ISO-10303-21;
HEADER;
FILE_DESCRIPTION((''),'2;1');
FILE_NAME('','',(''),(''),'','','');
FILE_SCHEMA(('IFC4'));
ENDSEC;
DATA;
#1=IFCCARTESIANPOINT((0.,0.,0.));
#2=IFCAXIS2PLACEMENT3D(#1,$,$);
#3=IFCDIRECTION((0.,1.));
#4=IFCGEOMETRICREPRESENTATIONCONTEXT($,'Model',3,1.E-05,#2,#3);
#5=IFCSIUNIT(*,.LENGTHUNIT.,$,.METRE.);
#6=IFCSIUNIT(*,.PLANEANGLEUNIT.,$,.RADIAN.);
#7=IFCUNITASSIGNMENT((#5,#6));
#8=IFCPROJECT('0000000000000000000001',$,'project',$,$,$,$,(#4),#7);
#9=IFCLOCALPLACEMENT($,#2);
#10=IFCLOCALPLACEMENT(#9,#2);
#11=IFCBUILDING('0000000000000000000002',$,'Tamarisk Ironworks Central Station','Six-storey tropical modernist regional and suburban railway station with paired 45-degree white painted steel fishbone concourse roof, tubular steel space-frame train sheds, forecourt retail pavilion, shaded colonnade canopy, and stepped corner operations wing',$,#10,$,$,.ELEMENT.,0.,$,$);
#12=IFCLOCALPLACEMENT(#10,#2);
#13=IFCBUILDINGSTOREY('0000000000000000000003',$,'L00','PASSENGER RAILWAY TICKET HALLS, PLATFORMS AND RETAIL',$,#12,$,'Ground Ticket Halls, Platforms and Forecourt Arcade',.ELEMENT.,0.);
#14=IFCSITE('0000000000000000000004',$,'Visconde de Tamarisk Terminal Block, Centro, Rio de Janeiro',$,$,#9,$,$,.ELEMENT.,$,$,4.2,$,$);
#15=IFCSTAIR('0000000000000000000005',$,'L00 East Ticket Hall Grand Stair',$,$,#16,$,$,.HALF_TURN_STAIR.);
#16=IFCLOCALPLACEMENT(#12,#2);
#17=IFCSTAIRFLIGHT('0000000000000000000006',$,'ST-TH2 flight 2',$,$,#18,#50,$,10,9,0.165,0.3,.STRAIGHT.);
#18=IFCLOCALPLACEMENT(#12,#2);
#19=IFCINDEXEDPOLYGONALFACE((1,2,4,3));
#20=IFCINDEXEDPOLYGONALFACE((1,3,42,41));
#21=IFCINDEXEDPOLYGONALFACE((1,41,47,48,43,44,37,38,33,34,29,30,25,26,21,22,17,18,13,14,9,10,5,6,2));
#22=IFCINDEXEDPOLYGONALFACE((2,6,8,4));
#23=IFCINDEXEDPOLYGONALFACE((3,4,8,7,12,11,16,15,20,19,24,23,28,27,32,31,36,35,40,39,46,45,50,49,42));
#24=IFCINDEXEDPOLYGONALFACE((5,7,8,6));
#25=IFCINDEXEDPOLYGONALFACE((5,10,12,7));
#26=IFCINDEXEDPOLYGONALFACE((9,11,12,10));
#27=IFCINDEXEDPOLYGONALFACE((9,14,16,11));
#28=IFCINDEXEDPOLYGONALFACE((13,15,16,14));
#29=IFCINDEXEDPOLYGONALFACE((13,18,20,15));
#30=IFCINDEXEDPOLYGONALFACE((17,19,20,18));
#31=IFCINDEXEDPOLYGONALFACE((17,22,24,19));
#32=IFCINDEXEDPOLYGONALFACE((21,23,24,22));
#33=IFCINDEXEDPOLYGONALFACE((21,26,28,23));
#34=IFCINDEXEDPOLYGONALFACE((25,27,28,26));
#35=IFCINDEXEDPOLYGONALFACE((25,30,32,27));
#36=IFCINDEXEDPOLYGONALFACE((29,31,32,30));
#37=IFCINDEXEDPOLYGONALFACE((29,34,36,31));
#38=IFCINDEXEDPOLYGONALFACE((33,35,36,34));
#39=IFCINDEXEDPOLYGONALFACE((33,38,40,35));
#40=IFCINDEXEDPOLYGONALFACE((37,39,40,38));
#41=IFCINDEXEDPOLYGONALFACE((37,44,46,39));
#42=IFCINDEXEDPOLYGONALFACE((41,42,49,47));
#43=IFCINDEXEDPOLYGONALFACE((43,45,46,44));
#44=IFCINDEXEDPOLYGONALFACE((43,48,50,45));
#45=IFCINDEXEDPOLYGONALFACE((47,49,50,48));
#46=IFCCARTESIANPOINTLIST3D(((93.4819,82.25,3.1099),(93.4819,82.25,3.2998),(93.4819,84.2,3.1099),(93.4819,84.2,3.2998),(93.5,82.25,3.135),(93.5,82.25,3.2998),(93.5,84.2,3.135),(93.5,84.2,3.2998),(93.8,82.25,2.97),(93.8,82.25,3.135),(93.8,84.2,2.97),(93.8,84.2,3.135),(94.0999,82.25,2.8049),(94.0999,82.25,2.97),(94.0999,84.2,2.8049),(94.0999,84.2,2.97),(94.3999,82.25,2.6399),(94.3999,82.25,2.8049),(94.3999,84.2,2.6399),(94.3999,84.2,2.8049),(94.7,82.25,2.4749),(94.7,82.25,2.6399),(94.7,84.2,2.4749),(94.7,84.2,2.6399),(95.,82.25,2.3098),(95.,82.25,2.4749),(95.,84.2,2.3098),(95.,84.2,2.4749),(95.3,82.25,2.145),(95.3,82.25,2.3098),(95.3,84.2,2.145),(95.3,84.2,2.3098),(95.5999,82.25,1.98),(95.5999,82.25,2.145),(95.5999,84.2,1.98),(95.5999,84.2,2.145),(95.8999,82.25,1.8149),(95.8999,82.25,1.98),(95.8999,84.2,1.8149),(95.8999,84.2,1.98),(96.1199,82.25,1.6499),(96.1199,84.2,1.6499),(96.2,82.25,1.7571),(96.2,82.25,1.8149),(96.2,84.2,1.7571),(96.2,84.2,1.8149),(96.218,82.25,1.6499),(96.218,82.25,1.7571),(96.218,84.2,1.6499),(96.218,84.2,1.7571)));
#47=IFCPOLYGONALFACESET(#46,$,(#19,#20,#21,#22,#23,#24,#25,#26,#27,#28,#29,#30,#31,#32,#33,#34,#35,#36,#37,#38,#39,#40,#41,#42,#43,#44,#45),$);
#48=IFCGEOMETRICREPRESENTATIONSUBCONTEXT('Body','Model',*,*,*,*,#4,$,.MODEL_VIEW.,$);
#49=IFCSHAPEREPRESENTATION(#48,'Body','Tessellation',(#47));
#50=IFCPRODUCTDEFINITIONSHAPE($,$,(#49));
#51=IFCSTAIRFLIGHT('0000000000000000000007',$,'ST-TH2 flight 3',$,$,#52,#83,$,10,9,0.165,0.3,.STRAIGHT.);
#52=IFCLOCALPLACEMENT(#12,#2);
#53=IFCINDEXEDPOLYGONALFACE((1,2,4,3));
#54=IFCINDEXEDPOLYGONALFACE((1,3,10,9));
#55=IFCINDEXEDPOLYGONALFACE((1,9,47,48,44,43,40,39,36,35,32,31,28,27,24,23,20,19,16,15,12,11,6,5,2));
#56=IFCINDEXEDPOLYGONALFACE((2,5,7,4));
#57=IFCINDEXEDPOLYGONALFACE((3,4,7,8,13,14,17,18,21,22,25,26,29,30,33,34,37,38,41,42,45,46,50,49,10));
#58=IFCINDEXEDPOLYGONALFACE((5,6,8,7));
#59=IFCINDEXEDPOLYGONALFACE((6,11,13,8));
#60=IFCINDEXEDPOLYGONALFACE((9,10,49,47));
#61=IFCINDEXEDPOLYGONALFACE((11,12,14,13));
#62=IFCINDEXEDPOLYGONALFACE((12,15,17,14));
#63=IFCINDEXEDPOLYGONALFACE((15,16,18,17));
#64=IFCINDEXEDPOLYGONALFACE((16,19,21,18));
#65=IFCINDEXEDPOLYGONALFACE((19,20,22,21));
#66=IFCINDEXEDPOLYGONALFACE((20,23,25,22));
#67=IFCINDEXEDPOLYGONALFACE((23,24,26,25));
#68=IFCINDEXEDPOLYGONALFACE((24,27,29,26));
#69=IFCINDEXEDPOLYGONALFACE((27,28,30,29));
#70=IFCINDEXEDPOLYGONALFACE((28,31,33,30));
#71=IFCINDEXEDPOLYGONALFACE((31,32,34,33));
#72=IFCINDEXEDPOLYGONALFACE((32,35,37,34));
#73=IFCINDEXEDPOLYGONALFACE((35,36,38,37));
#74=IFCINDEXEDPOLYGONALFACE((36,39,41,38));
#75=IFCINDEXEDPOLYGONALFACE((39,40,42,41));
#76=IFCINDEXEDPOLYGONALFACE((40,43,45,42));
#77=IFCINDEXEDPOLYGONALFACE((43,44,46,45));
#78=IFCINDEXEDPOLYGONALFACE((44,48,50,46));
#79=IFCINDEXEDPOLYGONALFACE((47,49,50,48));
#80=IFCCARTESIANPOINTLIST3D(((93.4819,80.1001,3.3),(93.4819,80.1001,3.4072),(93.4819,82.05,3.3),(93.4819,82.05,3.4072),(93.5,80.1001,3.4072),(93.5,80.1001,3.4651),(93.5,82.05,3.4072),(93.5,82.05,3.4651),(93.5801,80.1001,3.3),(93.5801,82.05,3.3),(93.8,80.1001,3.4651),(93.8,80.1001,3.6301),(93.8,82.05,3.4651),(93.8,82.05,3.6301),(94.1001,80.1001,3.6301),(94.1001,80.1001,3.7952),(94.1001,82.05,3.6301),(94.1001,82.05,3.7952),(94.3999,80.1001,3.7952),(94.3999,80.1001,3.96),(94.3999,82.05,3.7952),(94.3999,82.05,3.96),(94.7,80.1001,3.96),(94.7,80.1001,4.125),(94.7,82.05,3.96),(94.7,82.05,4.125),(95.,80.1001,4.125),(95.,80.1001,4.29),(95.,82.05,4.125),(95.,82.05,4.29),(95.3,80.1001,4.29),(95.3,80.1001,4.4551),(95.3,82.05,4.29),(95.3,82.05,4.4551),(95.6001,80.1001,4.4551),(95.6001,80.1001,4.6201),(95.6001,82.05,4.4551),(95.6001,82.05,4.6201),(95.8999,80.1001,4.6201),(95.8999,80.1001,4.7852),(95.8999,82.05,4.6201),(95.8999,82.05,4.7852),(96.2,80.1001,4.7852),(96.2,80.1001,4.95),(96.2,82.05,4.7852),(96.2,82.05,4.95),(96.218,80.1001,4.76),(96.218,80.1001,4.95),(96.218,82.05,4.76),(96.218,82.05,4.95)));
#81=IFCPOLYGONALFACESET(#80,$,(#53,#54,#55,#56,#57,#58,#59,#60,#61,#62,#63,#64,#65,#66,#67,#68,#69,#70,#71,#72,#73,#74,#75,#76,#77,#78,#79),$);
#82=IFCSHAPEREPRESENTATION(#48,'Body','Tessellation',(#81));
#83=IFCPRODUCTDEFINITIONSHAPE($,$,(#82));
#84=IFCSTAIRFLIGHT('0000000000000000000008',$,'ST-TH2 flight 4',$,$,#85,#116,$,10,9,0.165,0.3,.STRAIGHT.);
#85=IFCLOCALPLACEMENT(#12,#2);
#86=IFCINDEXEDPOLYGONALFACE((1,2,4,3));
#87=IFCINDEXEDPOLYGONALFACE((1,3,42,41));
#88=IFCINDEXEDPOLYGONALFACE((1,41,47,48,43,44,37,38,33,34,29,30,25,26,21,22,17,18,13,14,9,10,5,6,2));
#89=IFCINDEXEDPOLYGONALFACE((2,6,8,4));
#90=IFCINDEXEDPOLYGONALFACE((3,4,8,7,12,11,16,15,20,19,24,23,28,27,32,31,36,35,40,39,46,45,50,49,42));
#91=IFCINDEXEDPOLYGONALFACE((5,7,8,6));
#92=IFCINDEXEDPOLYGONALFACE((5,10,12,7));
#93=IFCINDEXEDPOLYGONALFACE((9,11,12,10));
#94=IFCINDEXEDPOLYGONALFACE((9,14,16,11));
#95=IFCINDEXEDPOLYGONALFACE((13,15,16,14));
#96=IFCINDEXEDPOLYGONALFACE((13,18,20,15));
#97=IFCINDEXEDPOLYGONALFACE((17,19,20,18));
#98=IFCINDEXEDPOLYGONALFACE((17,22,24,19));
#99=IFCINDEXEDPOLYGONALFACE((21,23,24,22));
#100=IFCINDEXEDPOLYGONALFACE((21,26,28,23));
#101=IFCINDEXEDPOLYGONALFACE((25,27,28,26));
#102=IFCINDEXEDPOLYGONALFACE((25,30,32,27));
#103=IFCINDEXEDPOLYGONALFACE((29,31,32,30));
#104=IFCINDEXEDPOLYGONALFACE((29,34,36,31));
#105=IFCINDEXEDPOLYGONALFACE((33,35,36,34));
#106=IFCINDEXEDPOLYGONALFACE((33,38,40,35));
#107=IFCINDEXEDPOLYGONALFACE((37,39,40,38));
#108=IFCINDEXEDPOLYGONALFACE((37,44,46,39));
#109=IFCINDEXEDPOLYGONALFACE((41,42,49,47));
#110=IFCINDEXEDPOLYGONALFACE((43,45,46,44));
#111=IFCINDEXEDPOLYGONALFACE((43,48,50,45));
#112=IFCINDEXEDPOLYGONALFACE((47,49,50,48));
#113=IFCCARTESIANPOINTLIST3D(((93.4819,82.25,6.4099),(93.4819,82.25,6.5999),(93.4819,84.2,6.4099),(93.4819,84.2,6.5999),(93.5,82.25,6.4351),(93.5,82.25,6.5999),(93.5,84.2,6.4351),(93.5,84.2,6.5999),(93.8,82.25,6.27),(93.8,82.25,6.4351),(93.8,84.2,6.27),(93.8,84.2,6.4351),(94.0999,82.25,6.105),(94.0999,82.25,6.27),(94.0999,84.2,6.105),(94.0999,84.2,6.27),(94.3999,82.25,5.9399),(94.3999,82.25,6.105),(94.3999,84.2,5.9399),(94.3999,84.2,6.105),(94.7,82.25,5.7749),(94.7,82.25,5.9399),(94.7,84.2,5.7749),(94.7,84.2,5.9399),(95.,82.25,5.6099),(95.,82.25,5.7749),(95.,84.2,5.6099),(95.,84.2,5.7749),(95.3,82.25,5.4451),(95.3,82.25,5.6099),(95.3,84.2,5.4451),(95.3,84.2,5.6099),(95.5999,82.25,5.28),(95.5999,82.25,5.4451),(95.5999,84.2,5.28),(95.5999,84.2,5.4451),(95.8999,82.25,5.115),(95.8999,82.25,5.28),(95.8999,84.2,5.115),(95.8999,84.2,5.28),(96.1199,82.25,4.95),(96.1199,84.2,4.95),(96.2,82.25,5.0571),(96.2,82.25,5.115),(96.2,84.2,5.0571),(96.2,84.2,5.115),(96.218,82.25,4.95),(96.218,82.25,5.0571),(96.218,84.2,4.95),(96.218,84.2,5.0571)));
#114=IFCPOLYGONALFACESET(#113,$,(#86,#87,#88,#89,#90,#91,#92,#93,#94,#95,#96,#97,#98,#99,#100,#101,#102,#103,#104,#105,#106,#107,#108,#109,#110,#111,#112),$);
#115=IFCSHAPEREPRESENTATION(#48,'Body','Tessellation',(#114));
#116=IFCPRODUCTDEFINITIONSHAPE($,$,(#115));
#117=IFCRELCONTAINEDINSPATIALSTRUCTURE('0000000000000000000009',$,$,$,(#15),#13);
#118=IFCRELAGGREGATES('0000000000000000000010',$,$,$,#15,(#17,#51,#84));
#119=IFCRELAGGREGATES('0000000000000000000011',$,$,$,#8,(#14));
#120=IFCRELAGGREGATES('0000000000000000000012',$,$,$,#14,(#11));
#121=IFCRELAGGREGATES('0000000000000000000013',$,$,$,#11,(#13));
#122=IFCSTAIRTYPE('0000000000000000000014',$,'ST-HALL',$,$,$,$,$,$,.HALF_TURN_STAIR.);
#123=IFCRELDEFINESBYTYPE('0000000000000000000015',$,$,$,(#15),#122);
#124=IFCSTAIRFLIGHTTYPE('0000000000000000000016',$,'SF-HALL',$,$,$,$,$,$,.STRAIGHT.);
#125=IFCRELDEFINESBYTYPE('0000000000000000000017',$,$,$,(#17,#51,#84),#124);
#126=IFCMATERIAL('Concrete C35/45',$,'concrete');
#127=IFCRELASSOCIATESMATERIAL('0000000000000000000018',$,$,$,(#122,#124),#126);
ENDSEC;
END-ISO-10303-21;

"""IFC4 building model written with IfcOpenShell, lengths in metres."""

from ifc_helpers import new_model, si_unit, direction, frame, origin, place, context, subcontext, project, spatial, polyline, outline, extrude, material, type_object, element, aggregate, save


model = new_model("IFC4")

# Units and contexts
model_context = context("Model", 3, precision=1e-05, world=origin(), true_north=direction((0.0, 1.0)))
body_context = subcontext(model_context, "Body", "Model", "MODEL_VIEW")
ifc_project = project(units=[si_unit("LENGTHUNIT", "METRE"), si_unit("PLANEANGLEUNIT", "RADIAN")], contexts=[model_context])

# Site, building, storey
site_placement = place(None, origin())
site = spatial("IfcSite", under=ifc_project, at=site_placement, Name="Visconde de Tamarisk Terminal Block, Centro, Rio de Janeiro", CompositionType="ELEMENT", RefElevation=4.2)
building_placement = place(site_placement, origin())
building = spatial("IfcBuilding", under=site, at=building_placement, Name="Tamarisk Ironworks Central Station", Description="Six-storey tropical modernist regional and suburban railway station with paired 45-degree white painted steel fishbone concourse roof, tubular steel space-frame train sheds, forecourt retail pavilion, shaded colonnade canopy, and stepped corner operations wing", CompositionType="ELEMENT", ElevationOfRefHeight=0.0)
storey_placement = place(building_placement, origin())
storey = spatial("IfcBuildingStorey", under=building, at=storey_placement, Name="L00", Description="PASSENGER RAILWAY TICKET HALLS, PLATFORMS AND RETAIL", LongName="Ground Ticket Halls, Platforms and Forecourt Arcade", CompositionType="ELEMENT", Elevation=0.0)

# Stair, stair flights
ifc_material_1 = material(Name="Concrete C35/45", Category="concrete")
stair_type = type_object("IfcStairType", Name="ST-HALL", PredefinedType="HALF_TURN_STAIR", material=ifc_material_1)
stair_placement = place(storey_placement, origin())
stair = element("IfcStair", 1, at=stair_placement, inside=storey, type_object=stair_type, Name="L00 East Ticket Hall Grand Stair", PredefinedType="HALF_TURN_STAIR")
stair_flight_type = type_object("IfcStairFlightType", Name="SF-HALL", PredefinedType="STRAIGHT", material=ifc_material_1)
stair_flight_1_placement = place(storey_placement, frame((96.2, 83.2251, 1.6499), z_axis=(0.0, 0.0, 1.0), x_axis=(-1.0, 0.0, 0.0)))
stair_flight_1 = element("IfcStairFlight", 2, at=stair_flight_1_placement, type_object=stair_flight_type, Name="ST-TH2 flight 2", NumberOfRisers=10, NumberOfTreads=9, PredefinedType="STRAIGHT", RiserHeight=0.165, TreadLength=0.3, context=body_context, shape_type="SweptSolid", body=[
    extrude(outline(polyline([(-0.0181, 0.0), (-0.0181, 0.1072), (0.0, 0.1072), (0.0, 0.165), (0.3, 0.165), (0.3, 0.3301), (0.6001, 0.3301), (0.6001, 0.4951), (0.8999, 0.4951), (0.8999, 0.6599), (1.2, 0.6599), (1.2, 0.825), (1.5, 0.825), (1.5, 0.99), (1.8, 0.99), (1.8, 1.155), (2.1001, 1.155), (2.1001, 1.3201), (2.3999, 1.3201), (2.3999, 1.4851), (2.7, 1.4851), (2.7, 1.6499), (2.718, 1.6499), (2.718, 1.46), (0.0801, 0.0), (-0.0181, 0.0)])), frame((0.0, 0.9751, 0.0), z_axis=(0.0, -1.0, 0.0), x_axis=(1.0, 0.0, 0.0)), (0.0, 0.0, 1.0), 1.95),
])
stair_flight_2_placement = place(storey_placement, frame((93.5, 81.075, 3.3), z_axis=(0.0, 0.0, 1.0), x_axis=(1.0, 0.0, 0.0)))
stair_flight_2 = element("IfcStairFlight", 3, at=stair_flight_2_placement, type_object=stair_flight_type, Name="ST-TH2 flight 3", NumberOfRisers=10, NumberOfTreads=9, PredefinedType="STRAIGHT", RiserHeight=0.165, TreadLength=0.3, context=body_context, shape_type="SweptSolid", body=[
    extrude(outline(polyline([(-0.0181, 0.0), (-0.0181, 0.1072), (0.0, 0.1072), (0.0, 0.165), (0.3, 0.165), (0.3, 0.3301), (0.6001, 0.3301), (0.6001, 0.4951), (0.8999, 0.4951), (0.8999, 0.6599), (1.2, 0.6599), (1.2, 0.825), (1.5, 0.825), (1.5, 0.99), (1.8, 0.99), (1.8, 1.155), (2.1001, 1.155), (2.1001, 1.3201), (2.3999, 1.3201), (2.3999, 1.4851), (2.7, 1.4851), (2.7, 1.6499), (2.718, 1.6499), (2.718, 1.46), (0.0801, 0.0), (-0.0181, 0.0)])), frame((0.0, 0.9751, 0.0), z_axis=(0.0, -1.0, 0.0), x_axis=(1.0, 0.0, 0.0)), (0.0, 0.0, 1.0), 1.95),
])
stair_flight_3_placement = place(storey_placement, frame((96.2, 83.2251, 4.95), z_axis=(0.0, 0.0, 1.0), x_axis=(-1.0, 0.0, 0.0)))
stair_flight_3 = element("IfcStairFlight", 4, at=stair_flight_3_placement, type_object=stair_flight_type, Name="ST-TH2 flight 4", NumberOfRisers=10, NumberOfTreads=9, PredefinedType="STRAIGHT", RiserHeight=0.165, TreadLength=0.3, context=body_context, shape_type="SweptSolid", body=[
    extrude(outline(polyline([(-0.0181, 0.0), (-0.0181, 0.1072), (0.0, 0.1072), (0.0, 0.165), (0.3, 0.165), (0.3, 0.3301), (0.6001, 0.3301), (0.6001, 0.4951), (0.8999, 0.4951), (0.8999, 0.6599), (1.2, 0.6599), (1.2, 0.825), (1.5, 0.825), (1.5, 0.99), (1.8, 0.99), (1.8, 1.155), (2.1001, 1.155), (2.1001, 1.3201), (2.3999, 1.3201), (2.3999, 1.4851), (2.7, 1.4851), (2.7, 1.6499), (2.718, 1.6499), (2.718, 1.46), (0.0801, 0.0), (-0.0181, 0.0)])), frame((0.0, 0.9751, 0.0), z_axis=(0.0, -1.0, 0.0), x_axis=(1.0, 0.0, 0.0)), (0.0, 0.0, 1.0), 1.95),
])
aggregate(stair, [stair_flight_1, stair_flight_2, stair_flight_3])

save(model, "model.ifc")
